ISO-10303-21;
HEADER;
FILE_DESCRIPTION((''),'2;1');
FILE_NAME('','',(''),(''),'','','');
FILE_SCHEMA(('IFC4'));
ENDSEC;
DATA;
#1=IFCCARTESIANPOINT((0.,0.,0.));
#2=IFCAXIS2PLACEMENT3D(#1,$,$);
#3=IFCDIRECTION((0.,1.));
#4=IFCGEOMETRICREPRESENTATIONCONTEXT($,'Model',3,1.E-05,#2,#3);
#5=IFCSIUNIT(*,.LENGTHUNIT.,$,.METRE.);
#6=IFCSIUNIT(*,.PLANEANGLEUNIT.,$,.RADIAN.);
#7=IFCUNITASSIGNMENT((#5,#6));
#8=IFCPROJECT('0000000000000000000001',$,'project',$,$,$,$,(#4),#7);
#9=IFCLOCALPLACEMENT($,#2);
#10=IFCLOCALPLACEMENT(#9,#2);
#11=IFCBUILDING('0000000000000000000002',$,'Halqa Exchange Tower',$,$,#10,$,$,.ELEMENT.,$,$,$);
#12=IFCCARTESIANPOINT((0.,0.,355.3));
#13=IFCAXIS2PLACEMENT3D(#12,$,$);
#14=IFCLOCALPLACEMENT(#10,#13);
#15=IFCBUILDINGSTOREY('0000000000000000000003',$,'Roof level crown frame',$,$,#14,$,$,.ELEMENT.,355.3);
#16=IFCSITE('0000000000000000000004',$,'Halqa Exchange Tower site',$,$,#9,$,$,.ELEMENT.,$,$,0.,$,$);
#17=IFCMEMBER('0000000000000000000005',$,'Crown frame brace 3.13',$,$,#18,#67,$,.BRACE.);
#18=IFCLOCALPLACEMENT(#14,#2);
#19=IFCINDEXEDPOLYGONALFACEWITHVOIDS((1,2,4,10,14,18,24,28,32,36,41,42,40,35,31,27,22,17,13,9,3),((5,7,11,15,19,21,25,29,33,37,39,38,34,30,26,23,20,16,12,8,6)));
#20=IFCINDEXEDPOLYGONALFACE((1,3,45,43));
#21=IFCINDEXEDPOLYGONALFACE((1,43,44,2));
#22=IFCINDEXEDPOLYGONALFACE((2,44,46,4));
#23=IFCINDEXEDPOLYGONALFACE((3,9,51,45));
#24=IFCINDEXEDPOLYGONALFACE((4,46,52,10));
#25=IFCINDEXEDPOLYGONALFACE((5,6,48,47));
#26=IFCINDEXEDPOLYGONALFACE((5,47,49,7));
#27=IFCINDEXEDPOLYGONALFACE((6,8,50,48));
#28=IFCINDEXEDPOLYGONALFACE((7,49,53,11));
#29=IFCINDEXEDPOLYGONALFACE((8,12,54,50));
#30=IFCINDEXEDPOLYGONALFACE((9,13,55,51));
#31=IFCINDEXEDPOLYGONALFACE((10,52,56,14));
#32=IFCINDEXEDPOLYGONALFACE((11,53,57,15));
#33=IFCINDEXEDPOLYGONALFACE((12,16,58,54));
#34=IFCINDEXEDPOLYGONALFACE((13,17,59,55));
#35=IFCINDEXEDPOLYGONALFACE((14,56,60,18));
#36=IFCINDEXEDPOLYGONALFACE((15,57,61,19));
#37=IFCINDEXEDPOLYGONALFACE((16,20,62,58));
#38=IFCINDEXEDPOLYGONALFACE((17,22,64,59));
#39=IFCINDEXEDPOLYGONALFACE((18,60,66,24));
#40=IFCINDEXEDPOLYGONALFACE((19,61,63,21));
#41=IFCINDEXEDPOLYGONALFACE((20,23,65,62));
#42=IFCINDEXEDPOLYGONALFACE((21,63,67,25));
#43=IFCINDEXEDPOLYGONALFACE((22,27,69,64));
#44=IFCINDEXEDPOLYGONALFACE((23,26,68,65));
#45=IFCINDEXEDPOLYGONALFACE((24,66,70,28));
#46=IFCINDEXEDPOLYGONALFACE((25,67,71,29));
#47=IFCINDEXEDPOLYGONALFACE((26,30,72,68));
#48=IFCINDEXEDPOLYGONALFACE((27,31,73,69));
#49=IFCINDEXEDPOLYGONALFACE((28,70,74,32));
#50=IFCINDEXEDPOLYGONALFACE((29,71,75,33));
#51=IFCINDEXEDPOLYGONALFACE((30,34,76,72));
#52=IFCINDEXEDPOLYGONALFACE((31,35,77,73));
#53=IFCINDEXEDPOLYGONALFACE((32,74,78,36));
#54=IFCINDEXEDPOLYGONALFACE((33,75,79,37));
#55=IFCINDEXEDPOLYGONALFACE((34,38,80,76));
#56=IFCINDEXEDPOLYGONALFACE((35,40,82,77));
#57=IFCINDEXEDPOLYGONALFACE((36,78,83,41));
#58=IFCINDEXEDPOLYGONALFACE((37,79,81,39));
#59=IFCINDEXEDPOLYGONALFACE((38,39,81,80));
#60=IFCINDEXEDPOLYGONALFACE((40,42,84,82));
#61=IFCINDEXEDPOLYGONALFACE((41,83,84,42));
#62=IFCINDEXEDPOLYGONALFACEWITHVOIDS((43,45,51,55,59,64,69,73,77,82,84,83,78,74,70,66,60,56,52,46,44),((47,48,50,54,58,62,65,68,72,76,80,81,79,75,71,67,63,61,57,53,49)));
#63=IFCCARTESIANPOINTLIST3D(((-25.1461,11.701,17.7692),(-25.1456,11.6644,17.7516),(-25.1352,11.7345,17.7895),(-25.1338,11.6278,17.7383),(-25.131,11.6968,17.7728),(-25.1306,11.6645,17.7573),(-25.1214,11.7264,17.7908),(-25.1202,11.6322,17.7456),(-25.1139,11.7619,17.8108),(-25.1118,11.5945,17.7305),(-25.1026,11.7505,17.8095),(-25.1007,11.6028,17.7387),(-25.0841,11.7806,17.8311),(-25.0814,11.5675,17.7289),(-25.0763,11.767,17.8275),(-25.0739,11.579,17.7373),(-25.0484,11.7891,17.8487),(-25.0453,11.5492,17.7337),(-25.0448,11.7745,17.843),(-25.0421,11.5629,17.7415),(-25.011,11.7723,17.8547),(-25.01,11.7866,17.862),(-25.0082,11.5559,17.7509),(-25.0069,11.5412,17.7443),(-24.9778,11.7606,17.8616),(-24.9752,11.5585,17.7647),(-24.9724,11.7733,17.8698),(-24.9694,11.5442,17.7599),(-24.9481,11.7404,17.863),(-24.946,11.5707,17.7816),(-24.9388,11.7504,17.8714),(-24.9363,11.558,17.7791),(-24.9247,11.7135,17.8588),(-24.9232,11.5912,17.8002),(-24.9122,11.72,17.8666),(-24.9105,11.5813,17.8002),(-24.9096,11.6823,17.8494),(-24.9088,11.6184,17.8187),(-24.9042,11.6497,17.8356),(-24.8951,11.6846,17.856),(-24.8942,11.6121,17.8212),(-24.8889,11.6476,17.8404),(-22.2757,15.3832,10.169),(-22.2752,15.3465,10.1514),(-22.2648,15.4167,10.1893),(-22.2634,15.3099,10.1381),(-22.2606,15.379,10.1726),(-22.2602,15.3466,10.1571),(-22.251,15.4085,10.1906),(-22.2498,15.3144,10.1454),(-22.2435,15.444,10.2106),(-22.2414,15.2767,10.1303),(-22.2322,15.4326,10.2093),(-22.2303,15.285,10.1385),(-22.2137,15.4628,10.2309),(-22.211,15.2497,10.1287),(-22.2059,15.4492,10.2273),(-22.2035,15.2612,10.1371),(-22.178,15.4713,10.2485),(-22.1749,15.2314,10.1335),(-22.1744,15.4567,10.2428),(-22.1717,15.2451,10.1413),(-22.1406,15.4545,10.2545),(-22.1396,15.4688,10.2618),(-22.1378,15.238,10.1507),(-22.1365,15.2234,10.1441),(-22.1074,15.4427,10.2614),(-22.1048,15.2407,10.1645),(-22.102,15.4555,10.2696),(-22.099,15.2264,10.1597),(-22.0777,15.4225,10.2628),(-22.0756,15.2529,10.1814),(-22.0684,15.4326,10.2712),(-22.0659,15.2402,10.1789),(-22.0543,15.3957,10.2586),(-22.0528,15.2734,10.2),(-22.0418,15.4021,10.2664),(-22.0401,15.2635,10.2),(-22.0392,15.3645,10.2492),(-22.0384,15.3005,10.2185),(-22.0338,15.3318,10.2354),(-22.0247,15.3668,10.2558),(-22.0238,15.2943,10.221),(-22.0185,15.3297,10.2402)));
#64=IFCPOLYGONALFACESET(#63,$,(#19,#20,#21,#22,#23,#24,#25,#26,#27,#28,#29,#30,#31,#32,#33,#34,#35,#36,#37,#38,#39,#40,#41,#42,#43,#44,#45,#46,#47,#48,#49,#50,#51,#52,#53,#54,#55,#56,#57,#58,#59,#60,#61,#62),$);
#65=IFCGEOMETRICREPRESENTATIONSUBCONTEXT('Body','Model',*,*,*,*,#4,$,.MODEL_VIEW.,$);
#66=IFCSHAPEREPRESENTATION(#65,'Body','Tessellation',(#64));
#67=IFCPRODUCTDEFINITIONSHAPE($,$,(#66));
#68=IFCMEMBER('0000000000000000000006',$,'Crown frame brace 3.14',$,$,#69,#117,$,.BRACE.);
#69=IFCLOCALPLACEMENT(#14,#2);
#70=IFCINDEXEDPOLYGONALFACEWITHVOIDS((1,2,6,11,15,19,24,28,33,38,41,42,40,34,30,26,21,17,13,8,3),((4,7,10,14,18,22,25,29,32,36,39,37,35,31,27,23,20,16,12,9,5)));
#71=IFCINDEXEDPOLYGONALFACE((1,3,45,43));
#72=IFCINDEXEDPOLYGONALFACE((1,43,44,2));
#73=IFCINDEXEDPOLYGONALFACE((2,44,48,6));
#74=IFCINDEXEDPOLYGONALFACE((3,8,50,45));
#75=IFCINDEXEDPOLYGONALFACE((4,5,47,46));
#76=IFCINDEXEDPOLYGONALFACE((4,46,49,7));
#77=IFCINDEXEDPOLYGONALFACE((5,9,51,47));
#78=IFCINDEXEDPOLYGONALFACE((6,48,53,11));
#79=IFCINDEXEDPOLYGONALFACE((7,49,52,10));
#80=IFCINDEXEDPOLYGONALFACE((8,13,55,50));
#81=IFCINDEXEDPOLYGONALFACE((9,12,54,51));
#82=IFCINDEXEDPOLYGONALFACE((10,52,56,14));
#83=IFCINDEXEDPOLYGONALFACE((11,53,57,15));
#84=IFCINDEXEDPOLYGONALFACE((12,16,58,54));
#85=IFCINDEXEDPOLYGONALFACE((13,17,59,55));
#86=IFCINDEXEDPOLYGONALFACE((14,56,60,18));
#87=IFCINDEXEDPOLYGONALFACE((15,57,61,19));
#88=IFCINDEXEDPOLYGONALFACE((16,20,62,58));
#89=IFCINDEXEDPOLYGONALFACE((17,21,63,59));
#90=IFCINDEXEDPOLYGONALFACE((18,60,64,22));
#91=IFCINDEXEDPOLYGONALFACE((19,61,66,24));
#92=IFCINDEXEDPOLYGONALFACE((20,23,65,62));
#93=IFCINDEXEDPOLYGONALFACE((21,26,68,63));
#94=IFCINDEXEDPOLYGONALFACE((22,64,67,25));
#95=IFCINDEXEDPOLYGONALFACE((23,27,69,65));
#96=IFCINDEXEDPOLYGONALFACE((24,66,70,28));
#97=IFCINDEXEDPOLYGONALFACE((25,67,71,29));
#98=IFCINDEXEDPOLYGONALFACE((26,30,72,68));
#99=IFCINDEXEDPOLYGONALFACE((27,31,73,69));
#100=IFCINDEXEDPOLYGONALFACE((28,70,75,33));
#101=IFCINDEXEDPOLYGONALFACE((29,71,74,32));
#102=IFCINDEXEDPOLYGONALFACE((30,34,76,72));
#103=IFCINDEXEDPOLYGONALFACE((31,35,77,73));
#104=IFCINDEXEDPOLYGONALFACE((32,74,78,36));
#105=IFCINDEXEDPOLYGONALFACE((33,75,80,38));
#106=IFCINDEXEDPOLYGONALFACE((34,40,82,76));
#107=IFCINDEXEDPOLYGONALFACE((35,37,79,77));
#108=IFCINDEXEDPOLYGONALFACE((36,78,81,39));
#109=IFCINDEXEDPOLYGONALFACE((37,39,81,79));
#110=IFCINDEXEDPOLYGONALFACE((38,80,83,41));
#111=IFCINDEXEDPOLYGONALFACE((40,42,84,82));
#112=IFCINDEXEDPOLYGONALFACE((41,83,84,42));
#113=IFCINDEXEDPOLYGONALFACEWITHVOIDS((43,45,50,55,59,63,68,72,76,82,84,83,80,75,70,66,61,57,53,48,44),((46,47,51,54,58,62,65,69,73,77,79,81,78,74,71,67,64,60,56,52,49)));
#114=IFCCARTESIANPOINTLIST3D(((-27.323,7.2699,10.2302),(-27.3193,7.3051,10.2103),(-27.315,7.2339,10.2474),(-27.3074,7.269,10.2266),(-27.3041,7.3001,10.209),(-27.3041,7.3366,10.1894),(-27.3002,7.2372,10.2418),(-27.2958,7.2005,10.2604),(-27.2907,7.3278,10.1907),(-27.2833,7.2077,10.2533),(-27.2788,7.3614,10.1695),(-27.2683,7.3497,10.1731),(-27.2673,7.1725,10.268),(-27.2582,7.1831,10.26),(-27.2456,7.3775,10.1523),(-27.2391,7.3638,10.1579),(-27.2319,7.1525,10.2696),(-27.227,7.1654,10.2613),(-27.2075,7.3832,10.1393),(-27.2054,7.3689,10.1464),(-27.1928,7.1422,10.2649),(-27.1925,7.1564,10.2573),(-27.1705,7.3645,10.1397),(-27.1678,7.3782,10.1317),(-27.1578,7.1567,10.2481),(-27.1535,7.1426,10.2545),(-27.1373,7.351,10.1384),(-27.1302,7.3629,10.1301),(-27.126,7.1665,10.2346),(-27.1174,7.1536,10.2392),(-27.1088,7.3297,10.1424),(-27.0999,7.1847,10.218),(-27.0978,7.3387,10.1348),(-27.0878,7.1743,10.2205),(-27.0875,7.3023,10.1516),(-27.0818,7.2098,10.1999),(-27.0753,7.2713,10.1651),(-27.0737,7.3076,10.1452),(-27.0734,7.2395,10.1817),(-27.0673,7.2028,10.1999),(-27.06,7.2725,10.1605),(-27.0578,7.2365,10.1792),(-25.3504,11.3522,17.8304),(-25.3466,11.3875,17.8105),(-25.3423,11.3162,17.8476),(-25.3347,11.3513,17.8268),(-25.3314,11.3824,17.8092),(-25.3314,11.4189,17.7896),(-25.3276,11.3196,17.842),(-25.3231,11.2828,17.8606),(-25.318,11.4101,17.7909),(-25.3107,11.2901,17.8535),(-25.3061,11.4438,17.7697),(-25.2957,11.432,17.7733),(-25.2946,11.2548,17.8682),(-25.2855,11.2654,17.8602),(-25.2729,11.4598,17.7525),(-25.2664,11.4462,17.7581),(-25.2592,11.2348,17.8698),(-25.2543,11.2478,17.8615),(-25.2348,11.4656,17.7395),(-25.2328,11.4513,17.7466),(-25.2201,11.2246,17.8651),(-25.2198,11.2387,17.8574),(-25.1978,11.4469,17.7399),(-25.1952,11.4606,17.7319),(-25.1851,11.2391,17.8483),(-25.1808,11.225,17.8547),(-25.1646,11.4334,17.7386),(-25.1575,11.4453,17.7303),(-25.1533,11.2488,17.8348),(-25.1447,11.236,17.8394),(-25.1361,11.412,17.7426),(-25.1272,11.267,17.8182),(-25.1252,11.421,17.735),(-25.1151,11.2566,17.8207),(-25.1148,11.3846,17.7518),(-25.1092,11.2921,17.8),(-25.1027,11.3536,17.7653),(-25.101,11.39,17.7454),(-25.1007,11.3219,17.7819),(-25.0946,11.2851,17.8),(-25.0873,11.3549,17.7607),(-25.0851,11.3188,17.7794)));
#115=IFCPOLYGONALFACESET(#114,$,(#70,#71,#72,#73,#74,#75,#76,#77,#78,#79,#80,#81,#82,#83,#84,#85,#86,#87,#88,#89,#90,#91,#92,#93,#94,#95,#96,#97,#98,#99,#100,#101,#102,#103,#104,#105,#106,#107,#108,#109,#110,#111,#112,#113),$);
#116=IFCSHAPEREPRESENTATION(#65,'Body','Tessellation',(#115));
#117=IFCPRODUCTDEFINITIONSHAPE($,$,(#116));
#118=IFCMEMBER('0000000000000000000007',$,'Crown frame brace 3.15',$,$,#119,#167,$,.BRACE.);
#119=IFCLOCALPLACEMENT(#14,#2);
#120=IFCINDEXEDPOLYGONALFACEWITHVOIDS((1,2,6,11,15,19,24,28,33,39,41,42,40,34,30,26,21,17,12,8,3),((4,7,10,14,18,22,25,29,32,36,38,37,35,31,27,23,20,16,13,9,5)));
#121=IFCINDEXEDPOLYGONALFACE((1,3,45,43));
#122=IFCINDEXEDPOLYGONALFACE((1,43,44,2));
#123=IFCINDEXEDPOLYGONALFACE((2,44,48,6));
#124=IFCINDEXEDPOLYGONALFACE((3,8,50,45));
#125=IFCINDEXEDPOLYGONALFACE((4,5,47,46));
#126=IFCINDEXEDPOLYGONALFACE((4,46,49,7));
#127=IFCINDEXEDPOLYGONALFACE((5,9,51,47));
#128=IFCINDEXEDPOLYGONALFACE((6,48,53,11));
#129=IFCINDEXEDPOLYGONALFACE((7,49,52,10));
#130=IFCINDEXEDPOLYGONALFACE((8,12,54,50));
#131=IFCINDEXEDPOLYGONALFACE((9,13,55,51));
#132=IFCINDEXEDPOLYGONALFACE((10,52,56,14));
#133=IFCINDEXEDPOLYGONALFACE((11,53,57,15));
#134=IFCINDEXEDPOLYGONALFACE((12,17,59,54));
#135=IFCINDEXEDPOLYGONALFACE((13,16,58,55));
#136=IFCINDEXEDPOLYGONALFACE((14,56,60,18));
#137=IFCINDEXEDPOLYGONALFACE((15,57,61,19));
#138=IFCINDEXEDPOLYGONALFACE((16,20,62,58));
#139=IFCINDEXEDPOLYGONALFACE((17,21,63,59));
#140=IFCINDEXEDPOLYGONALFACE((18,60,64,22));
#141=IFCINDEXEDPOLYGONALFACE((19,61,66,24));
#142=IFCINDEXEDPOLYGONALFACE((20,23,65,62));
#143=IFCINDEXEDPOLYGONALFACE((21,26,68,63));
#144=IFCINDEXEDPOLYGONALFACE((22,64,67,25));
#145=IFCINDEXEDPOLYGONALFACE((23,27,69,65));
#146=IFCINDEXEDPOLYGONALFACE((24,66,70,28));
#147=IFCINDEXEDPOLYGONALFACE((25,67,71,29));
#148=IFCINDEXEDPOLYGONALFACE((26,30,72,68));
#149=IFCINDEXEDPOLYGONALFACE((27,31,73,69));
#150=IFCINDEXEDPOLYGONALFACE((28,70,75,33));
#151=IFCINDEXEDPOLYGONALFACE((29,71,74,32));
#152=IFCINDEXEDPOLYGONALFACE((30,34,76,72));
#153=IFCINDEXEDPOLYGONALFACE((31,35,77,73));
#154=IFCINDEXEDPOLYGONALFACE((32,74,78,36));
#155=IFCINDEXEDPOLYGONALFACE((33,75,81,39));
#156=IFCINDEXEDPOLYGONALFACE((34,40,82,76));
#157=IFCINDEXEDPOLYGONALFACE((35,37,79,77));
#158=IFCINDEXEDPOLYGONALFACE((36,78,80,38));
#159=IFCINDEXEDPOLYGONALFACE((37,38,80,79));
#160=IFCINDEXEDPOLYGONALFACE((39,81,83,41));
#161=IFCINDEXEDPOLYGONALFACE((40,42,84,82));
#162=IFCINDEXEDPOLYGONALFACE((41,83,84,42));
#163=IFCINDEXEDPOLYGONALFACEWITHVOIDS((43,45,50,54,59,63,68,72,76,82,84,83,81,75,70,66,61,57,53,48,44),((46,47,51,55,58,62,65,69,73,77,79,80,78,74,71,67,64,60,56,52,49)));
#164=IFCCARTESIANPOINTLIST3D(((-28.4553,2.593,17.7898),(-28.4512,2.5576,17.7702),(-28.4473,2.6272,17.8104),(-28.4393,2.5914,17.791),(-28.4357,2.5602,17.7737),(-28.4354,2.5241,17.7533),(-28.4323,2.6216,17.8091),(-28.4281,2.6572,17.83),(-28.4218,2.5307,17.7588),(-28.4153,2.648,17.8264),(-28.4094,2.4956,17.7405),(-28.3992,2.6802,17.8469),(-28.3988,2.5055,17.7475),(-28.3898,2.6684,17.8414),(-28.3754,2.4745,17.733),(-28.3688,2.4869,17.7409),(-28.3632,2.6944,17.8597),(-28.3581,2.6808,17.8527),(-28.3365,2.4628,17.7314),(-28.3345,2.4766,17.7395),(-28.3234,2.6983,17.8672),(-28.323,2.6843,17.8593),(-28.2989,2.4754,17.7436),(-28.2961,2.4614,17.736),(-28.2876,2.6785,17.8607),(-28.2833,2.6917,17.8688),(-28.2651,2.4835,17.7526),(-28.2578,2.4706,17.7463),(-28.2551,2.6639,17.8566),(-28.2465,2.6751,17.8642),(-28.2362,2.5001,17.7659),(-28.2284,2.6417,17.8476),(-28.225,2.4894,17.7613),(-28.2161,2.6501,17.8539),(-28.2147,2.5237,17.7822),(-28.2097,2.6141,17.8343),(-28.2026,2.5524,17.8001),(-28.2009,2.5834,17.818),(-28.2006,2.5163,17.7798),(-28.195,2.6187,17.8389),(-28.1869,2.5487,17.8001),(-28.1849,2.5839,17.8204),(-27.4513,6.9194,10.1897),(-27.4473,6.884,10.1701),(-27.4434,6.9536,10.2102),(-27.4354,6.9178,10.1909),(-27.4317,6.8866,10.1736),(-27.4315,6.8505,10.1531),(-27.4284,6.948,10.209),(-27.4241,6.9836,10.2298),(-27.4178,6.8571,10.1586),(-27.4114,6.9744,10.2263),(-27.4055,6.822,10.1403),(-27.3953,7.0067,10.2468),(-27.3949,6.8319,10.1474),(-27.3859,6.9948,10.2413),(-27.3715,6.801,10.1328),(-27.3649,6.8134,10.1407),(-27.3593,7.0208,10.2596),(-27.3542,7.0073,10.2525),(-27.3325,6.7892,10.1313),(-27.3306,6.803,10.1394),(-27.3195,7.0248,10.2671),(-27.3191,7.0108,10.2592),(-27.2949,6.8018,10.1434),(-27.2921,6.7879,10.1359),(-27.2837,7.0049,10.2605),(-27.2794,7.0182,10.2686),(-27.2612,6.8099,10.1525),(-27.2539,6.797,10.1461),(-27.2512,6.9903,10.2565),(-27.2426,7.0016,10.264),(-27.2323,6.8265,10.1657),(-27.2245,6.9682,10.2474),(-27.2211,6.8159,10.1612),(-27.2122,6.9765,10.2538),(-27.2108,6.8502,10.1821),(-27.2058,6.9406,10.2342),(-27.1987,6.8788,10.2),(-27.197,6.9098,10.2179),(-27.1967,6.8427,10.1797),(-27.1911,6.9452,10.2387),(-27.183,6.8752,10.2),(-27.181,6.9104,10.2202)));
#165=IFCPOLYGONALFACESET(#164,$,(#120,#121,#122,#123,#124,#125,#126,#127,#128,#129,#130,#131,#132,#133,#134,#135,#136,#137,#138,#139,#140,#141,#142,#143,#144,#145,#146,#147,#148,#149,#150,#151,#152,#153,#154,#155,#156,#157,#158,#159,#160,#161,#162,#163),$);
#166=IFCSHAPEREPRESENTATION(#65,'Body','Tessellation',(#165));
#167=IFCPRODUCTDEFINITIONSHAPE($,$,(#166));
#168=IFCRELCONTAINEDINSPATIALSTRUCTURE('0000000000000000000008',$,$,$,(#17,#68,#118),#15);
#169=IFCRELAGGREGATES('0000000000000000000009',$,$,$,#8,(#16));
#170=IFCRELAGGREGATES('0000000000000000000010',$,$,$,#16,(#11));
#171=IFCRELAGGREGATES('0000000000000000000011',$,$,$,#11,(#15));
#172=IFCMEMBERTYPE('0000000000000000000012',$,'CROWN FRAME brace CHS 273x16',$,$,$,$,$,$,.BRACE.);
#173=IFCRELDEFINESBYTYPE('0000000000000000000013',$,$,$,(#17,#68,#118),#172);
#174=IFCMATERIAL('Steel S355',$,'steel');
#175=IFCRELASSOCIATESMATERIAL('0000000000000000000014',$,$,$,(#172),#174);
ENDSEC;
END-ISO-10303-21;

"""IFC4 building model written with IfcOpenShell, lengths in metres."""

from ifc_helpers import new_model, si_unit, direction, frame, origin, origin_2d, place, context, subcontext, project, spatial, hollow_circle, extrude, material, material_profile, profile_set, type_object, element, save


model = new_model("IFC4")

# Units and contexts
model_context = context("Model", 3, precision=1e-05, world=origin(), true_north=direction((0.0, 1.0)))
body_context = subcontext(model_context, "Body", "Model", "MODEL_VIEW")
ifc_project = project(units=[si_unit("LENGTHUNIT", "METRE"), si_unit("PLANEANGLEUNIT", "RADIAN")], contexts=[model_context])

# Site, building, storey
site_placement = place(None, origin())
site = spatial("IfcSite", under=ifc_project, at=site_placement, Name="Halqa Exchange Tower site", CompositionType="ELEMENT", RefElevation=0.0)
building_placement = place(site_placement, origin())
building = spatial("IfcBuilding", under=site, at=building_placement, Name="Halqa Exchange Tower", CompositionType="ELEMENT")
storey_placement = place(building_placement, frame((0.0, 0.0, 355.3)))
storey = spatial("IfcBuildingStorey", under=building, at=storey_placement, Name="Roof level crown frame", CompositionType="ELEMENT", Elevation=355.3)

# Members
ifc_material_1 = material(Name="Steel S355", Category="steel")
ifc_material_profile_1 = material_profile(ifc_material_1, hollow_circle(Radius=0.1365, WallThickness=0.0161, at=origin_2d()), Name="CHS 273x16")
ifc_profile_set_1 = profile_set([ifc_material_profile_1], Name="Steel S355")
member_type = type_object("IfcMemberType", Name="CROWN FRAME brace CHS 273x16", PredefinedType="BRACE", material=ifc_profile_set_1)
member_1_placement = place(storey_placement, frame((-22.1477, 15.3474, 10.2), z_axis=(-0.321805, -0.412815, 0.852071), x_axis=(0.788679, -0.614805, 0.0)))
element("IfcMember", 1, at=member_1_placement, inside=storey, type_object=member_type, Name="Crown frame brace 3.13", PredefinedType="BRACE", context=body_context, shape_type="SweptSolid", body=[
    extrude(hollow_circle(Radius=0.1365, WallThickness=0.0161, at=origin_2d()), origin(), (0.0, 0.0, 1.0), 8.9197),
])
member_2_placement = place(storey_placement, frame((-25.2175, 11.3445, 17.8), z_axis=(-0.222906, -0.461288, -0.858794), x_axis=(0.900387, -0.435089, 0.0)))
element("IfcMember", 2, at=member_2_placement, inside=storey, type_object=member_type, Name="Crown frame brace 3.14", PredefinedType="BRACE", context=body_context, shape_type="SweptSolid", body=[
    extrude(hollow_circle(Radius=0.1365, WallThickness=0.0161, at=origin_2d()), origin(), (0.0, 0.0, 1.0), 8.8499),
])
member_3_placement = place(storey_placement, frame((-27.3159, 6.906, 10.2), z_axis=(-0.114046, -0.491488, 0.863384), x_axis=(0.974119, -0.226036, 0.0)))
element("IfcMember", 3, at=member_3_placement, inside=storey, type_object=member_type, Name="Crown frame brace 3.15", PredefinedType="BRACE", context=body_context, shape_type="SweptSolid", body=[
    extrude(hollow_circle(Radius=0.1365, WallThickness=0.0161, at=origin_2d()), origin(), (0.0, 0.0, 1.0), 8.8027),
])

save(model, "model.ifc")
